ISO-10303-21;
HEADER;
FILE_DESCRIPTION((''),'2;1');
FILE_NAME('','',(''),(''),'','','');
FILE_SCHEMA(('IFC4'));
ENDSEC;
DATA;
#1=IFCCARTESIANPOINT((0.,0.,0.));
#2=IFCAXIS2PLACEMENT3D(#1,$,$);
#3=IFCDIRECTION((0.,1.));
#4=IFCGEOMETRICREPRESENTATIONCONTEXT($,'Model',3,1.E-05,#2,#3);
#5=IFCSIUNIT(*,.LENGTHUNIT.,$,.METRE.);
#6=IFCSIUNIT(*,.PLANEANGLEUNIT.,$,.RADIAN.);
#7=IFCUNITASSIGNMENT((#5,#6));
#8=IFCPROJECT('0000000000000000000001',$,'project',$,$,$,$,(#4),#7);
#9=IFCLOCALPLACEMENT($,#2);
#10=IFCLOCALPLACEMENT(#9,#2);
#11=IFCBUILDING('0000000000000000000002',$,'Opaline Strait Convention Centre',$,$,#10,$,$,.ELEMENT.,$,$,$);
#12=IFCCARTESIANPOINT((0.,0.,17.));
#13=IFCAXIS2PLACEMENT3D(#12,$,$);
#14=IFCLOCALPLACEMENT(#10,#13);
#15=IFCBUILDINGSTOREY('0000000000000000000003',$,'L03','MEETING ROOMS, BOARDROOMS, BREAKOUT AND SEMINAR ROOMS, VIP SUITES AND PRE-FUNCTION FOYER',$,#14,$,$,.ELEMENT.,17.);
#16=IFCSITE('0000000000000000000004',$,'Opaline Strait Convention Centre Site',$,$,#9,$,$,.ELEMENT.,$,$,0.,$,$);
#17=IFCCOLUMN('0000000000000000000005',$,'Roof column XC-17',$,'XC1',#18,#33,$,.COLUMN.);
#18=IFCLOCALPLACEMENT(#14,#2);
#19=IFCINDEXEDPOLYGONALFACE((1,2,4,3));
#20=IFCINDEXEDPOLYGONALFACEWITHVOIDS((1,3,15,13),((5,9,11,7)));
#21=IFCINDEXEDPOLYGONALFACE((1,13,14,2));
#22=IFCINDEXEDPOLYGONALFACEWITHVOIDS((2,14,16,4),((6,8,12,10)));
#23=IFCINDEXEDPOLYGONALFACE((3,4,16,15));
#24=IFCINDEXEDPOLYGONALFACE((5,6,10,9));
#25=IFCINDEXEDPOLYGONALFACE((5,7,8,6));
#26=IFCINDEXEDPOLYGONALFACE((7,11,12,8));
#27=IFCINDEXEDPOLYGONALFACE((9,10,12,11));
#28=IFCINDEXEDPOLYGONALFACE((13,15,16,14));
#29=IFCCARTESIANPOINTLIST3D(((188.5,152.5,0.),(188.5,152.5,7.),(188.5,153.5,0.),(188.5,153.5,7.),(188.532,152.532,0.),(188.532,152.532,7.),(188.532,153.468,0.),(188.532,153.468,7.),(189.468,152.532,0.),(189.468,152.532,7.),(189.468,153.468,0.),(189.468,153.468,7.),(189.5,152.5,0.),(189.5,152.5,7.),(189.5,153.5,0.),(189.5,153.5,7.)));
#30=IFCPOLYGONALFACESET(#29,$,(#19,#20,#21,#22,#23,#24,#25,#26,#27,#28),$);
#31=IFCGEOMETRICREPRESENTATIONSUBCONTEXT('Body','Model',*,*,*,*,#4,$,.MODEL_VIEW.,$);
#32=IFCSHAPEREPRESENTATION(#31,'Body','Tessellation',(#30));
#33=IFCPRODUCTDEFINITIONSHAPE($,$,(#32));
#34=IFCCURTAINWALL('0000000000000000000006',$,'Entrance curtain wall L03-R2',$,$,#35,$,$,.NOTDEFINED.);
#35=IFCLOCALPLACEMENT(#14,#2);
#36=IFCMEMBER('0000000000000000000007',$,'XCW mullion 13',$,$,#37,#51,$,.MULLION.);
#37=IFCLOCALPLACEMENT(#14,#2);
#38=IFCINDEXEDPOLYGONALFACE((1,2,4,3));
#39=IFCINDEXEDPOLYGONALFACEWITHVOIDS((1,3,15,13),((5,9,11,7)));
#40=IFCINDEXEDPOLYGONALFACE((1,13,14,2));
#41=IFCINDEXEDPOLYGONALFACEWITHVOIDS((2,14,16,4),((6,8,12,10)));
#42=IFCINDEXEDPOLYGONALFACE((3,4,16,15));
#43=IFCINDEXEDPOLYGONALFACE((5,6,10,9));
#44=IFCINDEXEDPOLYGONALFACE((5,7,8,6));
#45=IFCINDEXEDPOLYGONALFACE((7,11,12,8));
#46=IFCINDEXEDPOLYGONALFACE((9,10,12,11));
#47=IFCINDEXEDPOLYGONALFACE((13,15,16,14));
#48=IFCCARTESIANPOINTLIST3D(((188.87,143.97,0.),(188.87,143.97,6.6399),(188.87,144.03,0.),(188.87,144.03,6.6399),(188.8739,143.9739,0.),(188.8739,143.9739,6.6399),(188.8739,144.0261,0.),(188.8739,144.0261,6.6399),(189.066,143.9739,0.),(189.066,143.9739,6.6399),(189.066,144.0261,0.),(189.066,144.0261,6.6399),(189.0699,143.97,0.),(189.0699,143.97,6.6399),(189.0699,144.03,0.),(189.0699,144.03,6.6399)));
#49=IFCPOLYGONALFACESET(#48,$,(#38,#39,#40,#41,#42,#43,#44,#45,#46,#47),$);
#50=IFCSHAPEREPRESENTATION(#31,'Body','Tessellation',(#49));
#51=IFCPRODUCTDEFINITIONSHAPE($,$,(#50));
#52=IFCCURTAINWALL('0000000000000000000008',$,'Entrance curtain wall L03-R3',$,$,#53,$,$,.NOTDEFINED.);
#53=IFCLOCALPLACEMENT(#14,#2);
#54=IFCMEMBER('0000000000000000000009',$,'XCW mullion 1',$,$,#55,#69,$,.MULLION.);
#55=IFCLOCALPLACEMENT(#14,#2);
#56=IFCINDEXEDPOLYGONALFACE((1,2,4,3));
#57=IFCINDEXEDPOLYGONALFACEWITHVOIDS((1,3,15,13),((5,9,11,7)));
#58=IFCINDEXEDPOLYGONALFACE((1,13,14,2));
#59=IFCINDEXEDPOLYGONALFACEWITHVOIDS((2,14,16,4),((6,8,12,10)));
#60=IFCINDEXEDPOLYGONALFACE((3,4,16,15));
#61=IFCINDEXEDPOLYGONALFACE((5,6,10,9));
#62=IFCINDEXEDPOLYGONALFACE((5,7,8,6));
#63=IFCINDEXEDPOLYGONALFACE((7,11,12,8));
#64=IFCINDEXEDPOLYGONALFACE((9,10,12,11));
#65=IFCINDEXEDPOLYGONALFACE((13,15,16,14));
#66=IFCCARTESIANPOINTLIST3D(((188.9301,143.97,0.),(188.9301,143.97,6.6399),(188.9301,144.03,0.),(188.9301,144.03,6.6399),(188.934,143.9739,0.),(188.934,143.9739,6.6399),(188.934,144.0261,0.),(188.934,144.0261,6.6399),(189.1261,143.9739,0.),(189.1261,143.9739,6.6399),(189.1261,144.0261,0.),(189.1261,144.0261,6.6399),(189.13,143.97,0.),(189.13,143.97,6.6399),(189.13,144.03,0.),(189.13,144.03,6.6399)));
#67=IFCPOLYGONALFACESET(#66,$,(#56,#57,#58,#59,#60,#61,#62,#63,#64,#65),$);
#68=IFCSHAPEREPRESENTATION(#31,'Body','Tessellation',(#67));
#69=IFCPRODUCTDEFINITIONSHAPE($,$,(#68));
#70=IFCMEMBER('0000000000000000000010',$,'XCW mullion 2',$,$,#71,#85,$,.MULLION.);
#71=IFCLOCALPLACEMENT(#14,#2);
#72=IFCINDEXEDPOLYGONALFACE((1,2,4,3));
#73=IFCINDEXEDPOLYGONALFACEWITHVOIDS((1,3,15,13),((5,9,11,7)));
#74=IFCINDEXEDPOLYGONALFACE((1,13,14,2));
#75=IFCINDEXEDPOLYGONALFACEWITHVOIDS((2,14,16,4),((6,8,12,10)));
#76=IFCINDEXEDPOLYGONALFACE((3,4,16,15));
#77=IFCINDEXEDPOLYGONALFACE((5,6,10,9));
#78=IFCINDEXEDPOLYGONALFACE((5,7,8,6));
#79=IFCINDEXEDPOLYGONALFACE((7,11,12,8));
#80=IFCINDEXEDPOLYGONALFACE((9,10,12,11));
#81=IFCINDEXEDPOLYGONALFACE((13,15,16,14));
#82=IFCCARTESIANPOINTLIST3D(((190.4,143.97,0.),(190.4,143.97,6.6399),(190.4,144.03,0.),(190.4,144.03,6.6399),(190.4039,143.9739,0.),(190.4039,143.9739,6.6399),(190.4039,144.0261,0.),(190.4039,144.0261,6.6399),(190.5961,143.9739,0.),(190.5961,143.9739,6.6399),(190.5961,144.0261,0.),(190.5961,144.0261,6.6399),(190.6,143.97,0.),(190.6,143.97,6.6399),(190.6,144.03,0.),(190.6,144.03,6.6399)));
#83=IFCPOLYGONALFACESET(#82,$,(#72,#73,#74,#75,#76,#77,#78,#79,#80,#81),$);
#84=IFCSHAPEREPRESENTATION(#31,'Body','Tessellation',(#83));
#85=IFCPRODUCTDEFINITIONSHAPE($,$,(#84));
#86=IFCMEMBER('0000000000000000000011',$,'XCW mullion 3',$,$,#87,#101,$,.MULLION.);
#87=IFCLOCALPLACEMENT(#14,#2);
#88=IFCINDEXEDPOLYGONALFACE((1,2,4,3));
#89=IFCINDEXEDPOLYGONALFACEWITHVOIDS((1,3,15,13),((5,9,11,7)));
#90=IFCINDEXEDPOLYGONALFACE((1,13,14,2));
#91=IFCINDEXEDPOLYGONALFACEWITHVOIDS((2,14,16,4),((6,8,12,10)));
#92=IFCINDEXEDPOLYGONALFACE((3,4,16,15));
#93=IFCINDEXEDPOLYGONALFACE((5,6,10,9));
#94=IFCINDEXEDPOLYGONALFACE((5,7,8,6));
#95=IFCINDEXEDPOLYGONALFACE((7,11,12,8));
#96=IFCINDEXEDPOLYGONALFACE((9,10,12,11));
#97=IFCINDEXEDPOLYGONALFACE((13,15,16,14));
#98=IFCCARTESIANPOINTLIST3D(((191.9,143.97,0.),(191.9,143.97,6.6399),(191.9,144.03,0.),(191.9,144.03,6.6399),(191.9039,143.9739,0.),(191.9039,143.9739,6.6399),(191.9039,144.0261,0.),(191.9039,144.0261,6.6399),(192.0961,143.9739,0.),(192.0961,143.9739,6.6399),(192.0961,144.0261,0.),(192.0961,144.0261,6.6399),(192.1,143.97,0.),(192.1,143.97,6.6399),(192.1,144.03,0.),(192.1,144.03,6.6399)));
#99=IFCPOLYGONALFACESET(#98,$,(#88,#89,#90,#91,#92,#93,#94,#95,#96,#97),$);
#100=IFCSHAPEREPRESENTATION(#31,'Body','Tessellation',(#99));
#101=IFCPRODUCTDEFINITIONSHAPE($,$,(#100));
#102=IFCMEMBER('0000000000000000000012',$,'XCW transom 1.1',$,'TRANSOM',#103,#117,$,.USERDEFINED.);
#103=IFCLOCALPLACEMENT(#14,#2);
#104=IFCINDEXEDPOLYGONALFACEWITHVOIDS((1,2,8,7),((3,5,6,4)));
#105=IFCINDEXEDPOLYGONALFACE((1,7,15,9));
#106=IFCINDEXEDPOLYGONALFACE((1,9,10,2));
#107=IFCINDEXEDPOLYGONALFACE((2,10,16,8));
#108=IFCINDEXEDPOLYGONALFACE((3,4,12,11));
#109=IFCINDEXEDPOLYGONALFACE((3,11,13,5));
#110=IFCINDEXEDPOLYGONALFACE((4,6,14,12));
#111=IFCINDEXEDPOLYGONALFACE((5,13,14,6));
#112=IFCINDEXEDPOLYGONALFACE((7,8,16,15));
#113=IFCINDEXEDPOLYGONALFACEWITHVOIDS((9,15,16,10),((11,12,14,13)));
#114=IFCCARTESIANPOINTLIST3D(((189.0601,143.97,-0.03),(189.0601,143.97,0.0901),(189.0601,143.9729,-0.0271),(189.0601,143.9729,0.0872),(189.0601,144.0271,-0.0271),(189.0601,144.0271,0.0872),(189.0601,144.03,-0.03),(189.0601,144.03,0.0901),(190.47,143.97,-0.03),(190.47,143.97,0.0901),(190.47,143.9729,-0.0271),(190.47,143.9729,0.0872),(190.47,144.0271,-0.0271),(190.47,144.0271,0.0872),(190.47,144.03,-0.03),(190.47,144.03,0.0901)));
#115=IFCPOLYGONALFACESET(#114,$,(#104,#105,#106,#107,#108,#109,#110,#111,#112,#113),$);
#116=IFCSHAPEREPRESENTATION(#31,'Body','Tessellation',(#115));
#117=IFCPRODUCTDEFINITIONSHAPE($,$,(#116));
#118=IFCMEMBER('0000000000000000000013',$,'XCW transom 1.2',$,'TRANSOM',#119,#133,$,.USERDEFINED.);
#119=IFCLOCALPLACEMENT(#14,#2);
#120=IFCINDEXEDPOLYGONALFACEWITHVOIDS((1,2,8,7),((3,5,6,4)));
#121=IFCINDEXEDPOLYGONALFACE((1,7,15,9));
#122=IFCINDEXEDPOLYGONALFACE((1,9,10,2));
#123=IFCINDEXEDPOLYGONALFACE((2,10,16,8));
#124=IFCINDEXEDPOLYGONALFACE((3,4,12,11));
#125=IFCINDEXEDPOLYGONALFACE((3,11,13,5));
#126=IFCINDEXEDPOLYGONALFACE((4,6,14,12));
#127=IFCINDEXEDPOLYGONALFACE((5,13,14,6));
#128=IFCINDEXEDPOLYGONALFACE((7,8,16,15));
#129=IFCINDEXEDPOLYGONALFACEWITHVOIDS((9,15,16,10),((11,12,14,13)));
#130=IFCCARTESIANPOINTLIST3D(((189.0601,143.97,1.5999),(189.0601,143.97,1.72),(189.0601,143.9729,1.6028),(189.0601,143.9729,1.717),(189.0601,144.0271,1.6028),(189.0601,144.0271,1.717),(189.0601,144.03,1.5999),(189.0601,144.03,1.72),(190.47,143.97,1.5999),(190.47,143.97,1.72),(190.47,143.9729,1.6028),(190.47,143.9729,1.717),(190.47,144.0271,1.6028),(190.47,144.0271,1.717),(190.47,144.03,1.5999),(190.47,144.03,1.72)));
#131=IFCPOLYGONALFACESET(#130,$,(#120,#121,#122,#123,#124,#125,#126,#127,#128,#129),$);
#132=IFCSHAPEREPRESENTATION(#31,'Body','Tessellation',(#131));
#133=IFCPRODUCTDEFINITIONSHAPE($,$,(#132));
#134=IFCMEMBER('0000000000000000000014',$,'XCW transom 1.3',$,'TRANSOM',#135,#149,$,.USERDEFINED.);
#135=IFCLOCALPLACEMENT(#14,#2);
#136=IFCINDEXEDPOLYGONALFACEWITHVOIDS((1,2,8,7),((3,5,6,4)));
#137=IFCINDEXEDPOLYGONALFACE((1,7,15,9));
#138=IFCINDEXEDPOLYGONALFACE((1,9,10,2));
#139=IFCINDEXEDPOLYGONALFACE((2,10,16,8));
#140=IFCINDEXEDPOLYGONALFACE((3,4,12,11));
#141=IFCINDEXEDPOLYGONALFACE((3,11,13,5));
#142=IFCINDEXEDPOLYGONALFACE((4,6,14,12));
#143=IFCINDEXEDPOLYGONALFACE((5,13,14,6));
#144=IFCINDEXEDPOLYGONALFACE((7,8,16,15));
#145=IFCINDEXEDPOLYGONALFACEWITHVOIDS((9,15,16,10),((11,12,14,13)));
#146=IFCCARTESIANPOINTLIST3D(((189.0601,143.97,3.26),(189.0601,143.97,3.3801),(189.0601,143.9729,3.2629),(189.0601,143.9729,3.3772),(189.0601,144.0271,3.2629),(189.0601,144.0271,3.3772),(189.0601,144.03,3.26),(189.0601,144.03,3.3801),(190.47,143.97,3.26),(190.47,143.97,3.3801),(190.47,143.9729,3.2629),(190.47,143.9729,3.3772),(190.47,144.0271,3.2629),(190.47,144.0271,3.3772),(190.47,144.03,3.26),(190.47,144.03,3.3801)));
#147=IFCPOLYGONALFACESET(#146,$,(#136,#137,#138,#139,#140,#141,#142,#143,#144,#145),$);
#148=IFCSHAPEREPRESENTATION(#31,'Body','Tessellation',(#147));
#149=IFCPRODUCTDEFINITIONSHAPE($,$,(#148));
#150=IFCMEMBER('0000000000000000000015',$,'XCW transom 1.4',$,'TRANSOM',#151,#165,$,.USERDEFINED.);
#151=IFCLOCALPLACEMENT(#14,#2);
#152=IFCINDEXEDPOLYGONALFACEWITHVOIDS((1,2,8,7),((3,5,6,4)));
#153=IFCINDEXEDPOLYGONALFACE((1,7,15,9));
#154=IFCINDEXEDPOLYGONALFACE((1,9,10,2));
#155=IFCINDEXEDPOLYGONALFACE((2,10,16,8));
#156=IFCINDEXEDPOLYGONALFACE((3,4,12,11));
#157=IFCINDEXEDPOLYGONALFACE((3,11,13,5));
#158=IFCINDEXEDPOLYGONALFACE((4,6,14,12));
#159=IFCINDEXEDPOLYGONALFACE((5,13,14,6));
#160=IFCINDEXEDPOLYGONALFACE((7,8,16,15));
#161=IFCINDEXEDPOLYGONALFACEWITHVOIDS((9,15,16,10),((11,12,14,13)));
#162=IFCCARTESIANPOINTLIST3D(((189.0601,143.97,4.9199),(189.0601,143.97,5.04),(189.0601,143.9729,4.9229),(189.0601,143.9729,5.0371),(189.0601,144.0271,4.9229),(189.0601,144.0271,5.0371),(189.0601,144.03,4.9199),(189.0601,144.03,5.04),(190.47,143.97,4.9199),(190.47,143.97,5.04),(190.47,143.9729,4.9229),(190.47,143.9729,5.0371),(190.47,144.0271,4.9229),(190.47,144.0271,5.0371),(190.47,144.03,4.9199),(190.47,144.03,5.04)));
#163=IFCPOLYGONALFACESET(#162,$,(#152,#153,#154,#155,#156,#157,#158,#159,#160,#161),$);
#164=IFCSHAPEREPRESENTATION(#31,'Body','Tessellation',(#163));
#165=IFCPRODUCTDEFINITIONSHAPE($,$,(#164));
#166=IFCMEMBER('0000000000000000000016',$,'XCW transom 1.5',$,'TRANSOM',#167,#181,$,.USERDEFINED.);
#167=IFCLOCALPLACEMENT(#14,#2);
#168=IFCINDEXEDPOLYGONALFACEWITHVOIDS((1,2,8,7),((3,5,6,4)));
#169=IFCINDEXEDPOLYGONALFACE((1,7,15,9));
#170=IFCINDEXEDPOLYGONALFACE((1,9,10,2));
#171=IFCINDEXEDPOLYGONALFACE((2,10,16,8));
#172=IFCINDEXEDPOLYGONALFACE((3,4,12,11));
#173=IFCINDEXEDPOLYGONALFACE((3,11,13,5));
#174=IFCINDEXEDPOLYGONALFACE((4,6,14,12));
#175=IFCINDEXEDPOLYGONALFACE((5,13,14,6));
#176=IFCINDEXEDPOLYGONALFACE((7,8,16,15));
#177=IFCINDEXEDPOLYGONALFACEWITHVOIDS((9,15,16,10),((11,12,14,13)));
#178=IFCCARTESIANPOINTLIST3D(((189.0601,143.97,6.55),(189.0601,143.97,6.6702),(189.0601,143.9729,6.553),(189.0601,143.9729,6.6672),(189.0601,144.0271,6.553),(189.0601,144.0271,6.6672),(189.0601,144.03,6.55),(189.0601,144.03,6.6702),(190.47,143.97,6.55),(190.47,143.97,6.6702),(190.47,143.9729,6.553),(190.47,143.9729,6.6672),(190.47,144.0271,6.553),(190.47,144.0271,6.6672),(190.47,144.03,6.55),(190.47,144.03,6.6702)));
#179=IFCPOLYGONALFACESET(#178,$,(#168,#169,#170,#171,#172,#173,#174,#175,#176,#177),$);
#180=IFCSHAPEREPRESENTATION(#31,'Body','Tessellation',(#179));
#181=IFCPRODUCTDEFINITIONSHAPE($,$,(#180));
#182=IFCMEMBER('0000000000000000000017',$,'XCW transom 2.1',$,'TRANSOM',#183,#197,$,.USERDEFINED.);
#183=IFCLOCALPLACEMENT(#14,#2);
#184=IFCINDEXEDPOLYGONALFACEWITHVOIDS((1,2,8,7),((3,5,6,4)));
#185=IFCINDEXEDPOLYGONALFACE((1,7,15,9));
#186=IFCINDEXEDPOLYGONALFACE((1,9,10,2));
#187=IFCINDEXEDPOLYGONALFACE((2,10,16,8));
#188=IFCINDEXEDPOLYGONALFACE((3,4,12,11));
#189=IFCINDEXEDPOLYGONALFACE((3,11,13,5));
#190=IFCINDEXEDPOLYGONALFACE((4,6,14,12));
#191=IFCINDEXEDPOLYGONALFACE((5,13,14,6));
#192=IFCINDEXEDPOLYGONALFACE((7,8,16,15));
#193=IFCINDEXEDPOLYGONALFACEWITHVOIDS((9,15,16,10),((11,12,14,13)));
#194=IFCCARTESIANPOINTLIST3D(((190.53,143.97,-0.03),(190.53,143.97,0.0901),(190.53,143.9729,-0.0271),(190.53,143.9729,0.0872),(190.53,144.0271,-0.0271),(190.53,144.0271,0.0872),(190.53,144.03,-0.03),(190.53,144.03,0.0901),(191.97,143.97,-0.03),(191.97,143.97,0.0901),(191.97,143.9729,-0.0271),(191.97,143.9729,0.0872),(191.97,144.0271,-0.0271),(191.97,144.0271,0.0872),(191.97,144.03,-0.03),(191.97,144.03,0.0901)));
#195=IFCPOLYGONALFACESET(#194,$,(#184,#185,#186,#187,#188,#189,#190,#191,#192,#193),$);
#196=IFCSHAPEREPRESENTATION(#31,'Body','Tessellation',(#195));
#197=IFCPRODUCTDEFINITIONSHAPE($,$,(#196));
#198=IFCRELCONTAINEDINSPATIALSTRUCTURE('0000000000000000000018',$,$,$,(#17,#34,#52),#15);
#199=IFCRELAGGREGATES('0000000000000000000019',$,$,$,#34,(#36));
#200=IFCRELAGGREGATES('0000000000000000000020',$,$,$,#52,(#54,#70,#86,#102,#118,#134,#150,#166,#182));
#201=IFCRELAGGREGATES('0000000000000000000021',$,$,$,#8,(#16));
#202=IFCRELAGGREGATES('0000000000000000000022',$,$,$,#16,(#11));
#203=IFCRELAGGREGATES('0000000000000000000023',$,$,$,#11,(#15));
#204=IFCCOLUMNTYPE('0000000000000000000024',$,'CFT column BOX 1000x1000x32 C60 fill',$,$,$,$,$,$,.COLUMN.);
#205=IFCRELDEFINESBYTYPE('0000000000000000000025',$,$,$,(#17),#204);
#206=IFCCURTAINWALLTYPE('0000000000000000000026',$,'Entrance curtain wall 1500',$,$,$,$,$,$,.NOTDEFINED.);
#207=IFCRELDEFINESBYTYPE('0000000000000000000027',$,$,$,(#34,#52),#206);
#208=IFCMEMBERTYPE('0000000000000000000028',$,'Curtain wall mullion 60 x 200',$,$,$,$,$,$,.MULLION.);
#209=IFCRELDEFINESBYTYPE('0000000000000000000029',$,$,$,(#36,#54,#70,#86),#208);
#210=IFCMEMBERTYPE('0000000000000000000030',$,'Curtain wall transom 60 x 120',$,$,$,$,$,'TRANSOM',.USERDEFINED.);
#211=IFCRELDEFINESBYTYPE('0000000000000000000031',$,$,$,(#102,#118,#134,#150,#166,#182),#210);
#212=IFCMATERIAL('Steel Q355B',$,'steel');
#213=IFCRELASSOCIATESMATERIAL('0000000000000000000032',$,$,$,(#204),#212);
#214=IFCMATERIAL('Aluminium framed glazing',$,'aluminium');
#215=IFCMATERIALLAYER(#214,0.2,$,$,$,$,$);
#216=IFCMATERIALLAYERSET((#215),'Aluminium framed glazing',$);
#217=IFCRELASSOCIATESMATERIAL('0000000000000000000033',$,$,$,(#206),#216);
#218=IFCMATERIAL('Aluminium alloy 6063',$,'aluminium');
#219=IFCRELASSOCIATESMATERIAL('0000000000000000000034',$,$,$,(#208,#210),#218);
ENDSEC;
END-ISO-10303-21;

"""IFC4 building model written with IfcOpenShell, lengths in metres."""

from ifc_helpers import new_model, si_unit, direction, frame, origin, origin_2d, place, context, subcontext, project, spatial, hollow_rectangle, extrude, material, layer, layer_set, material_profile, profile_set, type_object, element, aggregate, save


model = new_model("IFC4")

# Units and contexts
model_context = context("Model", 3, precision=1e-05, world=origin(), true_north=direction((0.0, 1.0)))
body_context = subcontext(model_context, "Body", "Model", "MODEL_VIEW")
ifc_project = project(units=[si_unit("LENGTHUNIT", "METRE"), si_unit("PLANEANGLEUNIT", "RADIAN")], contexts=[model_context])

# Site, building, storey
site_placement = place(None, origin())
site = spatial("IfcSite", under=ifc_project, at=site_placement, Name="Opaline Strait Convention Centre Site", CompositionType="ELEMENT", RefElevation=0.0)
building_placement = place(site_placement, origin())
building = spatial("IfcBuilding", under=site, at=building_placement, Name="Opaline Strait Convention Centre", CompositionType="ELEMENT")
storey_placement = place(building_placement, frame((0.0, 0.0, 17.0)))
storey = spatial("IfcBuildingStorey", under=building, at=storey_placement, Name="L03", Description="MEETING ROOMS, BOARDROOMS, BREAKOUT AND SEMINAR ROOMS, VIP SUITES AND PRE-FUNCTION FOYER", CompositionType="ELEMENT", Elevation=17.0)

# Column
ifc_material_1 = material(Name="Steel Q355B", Category="steel")
ifc_material_profile_1 = material_profile(ifc_material_1, hollow_rectangle(XDim=1.0, YDim=1.0, WallThickness=0.032, at=origin_2d()), Name="BOX 1000x1000x32")
ifc_profile_set_1 = profile_set([ifc_material_profile_1], Name="Steel Q355B")
column_type = type_object("IfcColumnType", Name="CFT column BOX 1000x1000x32 C60 fill", PredefinedType="COLUMN", material=ifc_profile_set_1)
column_placement = place(storey_placement, frame((189.0, 153.0, 0.0), z_axis=(0.0, 0.0, 1.0), x_axis=(1.0, 0.0, 0.0)))
element("IfcColumn", 1, at=column_placement, inside=storey, type_object=column_type, Name="Roof column XC-17", ObjectType="XC1", PredefinedType="COLUMN", context=body_context, shape_type="SweptSolid", body=[
    extrude(hollow_rectangle(XDim=1.0, YDim=1.0, WallThickness=0.032, at=origin_2d()), origin(), (0.0, 0.0, 1.0), 7.0),
])

# Curtain wall, member
ifc_material_2 = material(Name="Aluminium framed glazing", Category="aluminium")
ifc_layer_1 = layer(ifc_material_2, 0.2)
ifc_layer_set_1 = layer_set([ifc_layer_1], Name="Aluminium framed glazing")
curtain_wall_type = type_object("IfcCurtainWallType", Name="Entrance curtain wall 1500", PredefinedType="NOTDEFINED", material=ifc_layer_set_1)
curtain_wall_1_placement = place(storey_placement, origin())
curtain_wall_1 = element("IfcCurtainWall", 2, at=curtain_wall_1_placement, inside=storey, type_object=curtain_wall_type, Name="Entrance curtain wall L03-R2", PredefinedType="NOTDEFINED")
ifc_material_3 = material(Name="Aluminium alloy 6063", Category="aluminium")
ifc_material_profile_2 = material_profile(ifc_material_3, hollow_rectangle(XDim=0.0601, YDim=0.2, WallThickness=0.0039, at=origin_2d()), Name="MULLION 60x200x4")
ifc_profile_set_2 = profile_set([ifc_material_profile_2], Name="Aluminium alloy 6063")
member_type_1 = type_object("IfcMemberType", Name="Curtain wall mullion 60 x 200", PredefinedType="MULLION", material=ifc_profile_set_2)
member_1_placement = place(storey_placement, frame((188.97, 144.0, 0.0), z_axis=(0.0, 0.0, 1.0), x_axis=(0.0, 1.0, 0.0)))
member_1 = element("IfcMember", 3, at=member_1_placement, type_object=member_type_1, Name="XCW mullion 13", PredefinedType="MULLION", context=body_context, shape_type="SweptSolid", body=[
    extrude(hollow_rectangle(XDim=0.0601, YDim=0.2, WallThickness=0.0039, at=origin_2d()), origin(), (0.0, 0.0, 1.0), 6.6399),
])

# Curtain wall, members
curtain_wall_2_placement = place(storey_placement, origin())
curtain_wall_2 = element("IfcCurtainWall", 4, at=curtain_wall_2_placement, inside=storey, type_object=curtain_wall_type, Name="Entrance curtain wall L03-R3", PredefinedType="NOTDEFINED")
member_2_placement = place(storey_placement, frame((189.03, 144.0, 0.0), z_axis=(0.0, 0.0, 1.0), x_axis=(0.0, 1.0, 0.0)))
member_2 = element("IfcMember", 5, at=member_2_placement, type_object=member_type_1, Name="XCW mullion 1", PredefinedType="MULLION", context=body_context, shape_type="SweptSolid", body=[
    extrude(hollow_rectangle(XDim=0.0601, YDim=0.2, WallThickness=0.0039, at=origin_2d()), origin(), (0.0, 0.0, 1.0), 6.6399),
])
member_3_placement = place(storey_placement, frame((190.5, 144.0, 0.0), z_axis=(0.0, 0.0, 1.0), x_axis=(0.0, 1.0, 0.0)))
member_3 = element("IfcMember", 6, at=member_3_placement, type_object=member_type_1, Name="XCW mullion 2", PredefinedType="MULLION", context=body_context, shape_type="SweptSolid", body=[
    extrude(hollow_rectangle(XDim=0.0601, YDim=0.2, WallThickness=0.0039, at=origin_2d()), origin(), (0.0, 0.0, 1.0), 6.6399),
])
member_4_placement = place(storey_placement, frame((192.0, 144.0, 0.0), z_axis=(0.0, 0.0, 1.0), x_axis=(0.0, 1.0, 0.0)))
member_4 = element("IfcMember", 7, at=member_4_placement, type_object=member_type_1, Name="XCW mullion 3", PredefinedType="MULLION", context=body_context, shape_type="SweptSolid", body=[
    extrude(hollow_rectangle(XDim=0.0601, YDim=0.2, WallThickness=0.0039, at=origin_2d()), origin(), (0.0, 0.0, 1.0), 6.6399),
])
ifc_material_profile_3 = material_profile(ifc_material_3, hollow_rectangle(XDim=0.0601, YDim=0.1201, WallThickness=0.0029, at=origin_2d()), Name="TRANSOM 60x120x3")
ifc_profile_set_3 = profile_set([ifc_material_profile_3], Name="Aluminium alloy 6063")
member_type_2 = type_object("IfcMemberType", Name="Curtain wall transom 60 x 120", ElementType="TRANSOM", PredefinedType="USERDEFINED", material=ifc_profile_set_3)
member_5_placement = place(storey_placement, frame((189.0601, 144.0, 0.03), z_axis=(1.0, 0.0, 0.0), x_axis=(0.0, 1.0, 0.0)))
member_5 = element("IfcMember", 8, at=member_5_placement, type_object=member_type_2, Name="XCW transom 1.1", ObjectType="TRANSOM", PredefinedType="USERDEFINED", context=body_context, shape_type="SweptSolid", body=[
    extrude(hollow_rectangle(XDim=0.0601, YDim=0.1201, WallThickness=0.0029, at=origin_2d()), origin(), (0.0, 0.0, 1.0), 1.4099),
])
member_6_placement = place(storey_placement, frame((189.0601, 144.0, 1.6599), z_axis=(1.0, 0.0, 0.0), x_axis=(0.0, 1.0, 0.0)))
member_6 = element("IfcMember", 9, at=member_6_placement, type_object=member_type_2, Name="XCW transom 1.2", ObjectType="TRANSOM", PredefinedType="USERDEFINED", context=body_context, shape_type="SweptSolid", body=[
    extrude(hollow_rectangle(XDim=0.0601, YDim=0.1201, WallThickness=0.0029, at=origin_2d()), origin(), (0.0, 0.0, 1.0), 1.4099),
])
member_7_placement = place(storey_placement, frame((189.0601, 144.0, 3.3201), z_axis=(1.0, 0.0, 0.0), x_axis=(0.0, 1.0, 0.0)))
member_7 = element("IfcMember", 10, at=member_7_placement, type_object=member_type_2, Name="XCW transom 1.3", ObjectType="TRANSOM", PredefinedType="USERDEFINED", context=body_context, shape_type="SweptSolid", body=[
    extrude(hollow_rectangle(XDim=0.0601, YDim=0.1201, WallThickness=0.0029, at=origin_2d()), origin(), (0.0, 0.0, 1.0), 1.4099),
])
member_8_placement = place(storey_placement, frame((189.0601, 144.0, 4.98), z_axis=(1.0, 0.0, 0.0), x_axis=(0.0, 1.0, 0.0)))
member_8 = element("IfcMember", 11, at=member_8_placement, type_object=member_type_2, Name="XCW transom 1.4", ObjectType="TRANSOM", PredefinedType="USERDEFINED", context=body_context, shape_type="SweptSolid", body=[
    extrude(hollow_rectangle(XDim=0.0601, YDim=0.1201, WallThickness=0.0029, at=origin_2d()), origin(), (0.0, 0.0, 1.0), 1.4099),
])
member_9_placement = place(storey_placement, frame((189.0601, 144.0, 6.6101), z_axis=(1.0, 0.0, 0.0), x_axis=(0.0, 1.0, 0.0)))
member_9 = element("IfcMember", 12, at=member_9_placement, type_object=member_type_2, Name="XCW transom 1.5", ObjectType="TRANSOM", PredefinedType="USERDEFINED", context=body_context, shape_type="SweptSolid", body=[
    extrude(hollow_rectangle(XDim=0.0601, YDim=0.1201, WallThickness=0.0029, at=origin_2d()), origin(), (0.0, 0.0, 1.0), 1.4099),
])
member_10_placement = place(storey_placement, frame((190.53, 144.0, 0.03), z_axis=(1.0, 0.0, 0.0), x_axis=(0.0, 1.0, 0.0)))
member_10 = element("IfcMember", 13, at=member_10_placement, type_object=member_type_2, Name="XCW transom 2.1", ObjectType="TRANSOM", PredefinedType="USERDEFINED", context=body_context, shape_type="SweptSolid", body=[
    extrude(hollow_rectangle(XDim=0.0601, YDim=0.1201, WallThickness=0.0029, at=origin_2d()), origin(), (0.0, 0.0, 1.0), 1.4399),
])

aggregate(curtain_wall_1, [member_1])
aggregate(curtain_wall_2, [member_2, member_3, member_4, member_5, member_6, member_7, member_8, member_9, member_10])

save(model, "model.ifc")
